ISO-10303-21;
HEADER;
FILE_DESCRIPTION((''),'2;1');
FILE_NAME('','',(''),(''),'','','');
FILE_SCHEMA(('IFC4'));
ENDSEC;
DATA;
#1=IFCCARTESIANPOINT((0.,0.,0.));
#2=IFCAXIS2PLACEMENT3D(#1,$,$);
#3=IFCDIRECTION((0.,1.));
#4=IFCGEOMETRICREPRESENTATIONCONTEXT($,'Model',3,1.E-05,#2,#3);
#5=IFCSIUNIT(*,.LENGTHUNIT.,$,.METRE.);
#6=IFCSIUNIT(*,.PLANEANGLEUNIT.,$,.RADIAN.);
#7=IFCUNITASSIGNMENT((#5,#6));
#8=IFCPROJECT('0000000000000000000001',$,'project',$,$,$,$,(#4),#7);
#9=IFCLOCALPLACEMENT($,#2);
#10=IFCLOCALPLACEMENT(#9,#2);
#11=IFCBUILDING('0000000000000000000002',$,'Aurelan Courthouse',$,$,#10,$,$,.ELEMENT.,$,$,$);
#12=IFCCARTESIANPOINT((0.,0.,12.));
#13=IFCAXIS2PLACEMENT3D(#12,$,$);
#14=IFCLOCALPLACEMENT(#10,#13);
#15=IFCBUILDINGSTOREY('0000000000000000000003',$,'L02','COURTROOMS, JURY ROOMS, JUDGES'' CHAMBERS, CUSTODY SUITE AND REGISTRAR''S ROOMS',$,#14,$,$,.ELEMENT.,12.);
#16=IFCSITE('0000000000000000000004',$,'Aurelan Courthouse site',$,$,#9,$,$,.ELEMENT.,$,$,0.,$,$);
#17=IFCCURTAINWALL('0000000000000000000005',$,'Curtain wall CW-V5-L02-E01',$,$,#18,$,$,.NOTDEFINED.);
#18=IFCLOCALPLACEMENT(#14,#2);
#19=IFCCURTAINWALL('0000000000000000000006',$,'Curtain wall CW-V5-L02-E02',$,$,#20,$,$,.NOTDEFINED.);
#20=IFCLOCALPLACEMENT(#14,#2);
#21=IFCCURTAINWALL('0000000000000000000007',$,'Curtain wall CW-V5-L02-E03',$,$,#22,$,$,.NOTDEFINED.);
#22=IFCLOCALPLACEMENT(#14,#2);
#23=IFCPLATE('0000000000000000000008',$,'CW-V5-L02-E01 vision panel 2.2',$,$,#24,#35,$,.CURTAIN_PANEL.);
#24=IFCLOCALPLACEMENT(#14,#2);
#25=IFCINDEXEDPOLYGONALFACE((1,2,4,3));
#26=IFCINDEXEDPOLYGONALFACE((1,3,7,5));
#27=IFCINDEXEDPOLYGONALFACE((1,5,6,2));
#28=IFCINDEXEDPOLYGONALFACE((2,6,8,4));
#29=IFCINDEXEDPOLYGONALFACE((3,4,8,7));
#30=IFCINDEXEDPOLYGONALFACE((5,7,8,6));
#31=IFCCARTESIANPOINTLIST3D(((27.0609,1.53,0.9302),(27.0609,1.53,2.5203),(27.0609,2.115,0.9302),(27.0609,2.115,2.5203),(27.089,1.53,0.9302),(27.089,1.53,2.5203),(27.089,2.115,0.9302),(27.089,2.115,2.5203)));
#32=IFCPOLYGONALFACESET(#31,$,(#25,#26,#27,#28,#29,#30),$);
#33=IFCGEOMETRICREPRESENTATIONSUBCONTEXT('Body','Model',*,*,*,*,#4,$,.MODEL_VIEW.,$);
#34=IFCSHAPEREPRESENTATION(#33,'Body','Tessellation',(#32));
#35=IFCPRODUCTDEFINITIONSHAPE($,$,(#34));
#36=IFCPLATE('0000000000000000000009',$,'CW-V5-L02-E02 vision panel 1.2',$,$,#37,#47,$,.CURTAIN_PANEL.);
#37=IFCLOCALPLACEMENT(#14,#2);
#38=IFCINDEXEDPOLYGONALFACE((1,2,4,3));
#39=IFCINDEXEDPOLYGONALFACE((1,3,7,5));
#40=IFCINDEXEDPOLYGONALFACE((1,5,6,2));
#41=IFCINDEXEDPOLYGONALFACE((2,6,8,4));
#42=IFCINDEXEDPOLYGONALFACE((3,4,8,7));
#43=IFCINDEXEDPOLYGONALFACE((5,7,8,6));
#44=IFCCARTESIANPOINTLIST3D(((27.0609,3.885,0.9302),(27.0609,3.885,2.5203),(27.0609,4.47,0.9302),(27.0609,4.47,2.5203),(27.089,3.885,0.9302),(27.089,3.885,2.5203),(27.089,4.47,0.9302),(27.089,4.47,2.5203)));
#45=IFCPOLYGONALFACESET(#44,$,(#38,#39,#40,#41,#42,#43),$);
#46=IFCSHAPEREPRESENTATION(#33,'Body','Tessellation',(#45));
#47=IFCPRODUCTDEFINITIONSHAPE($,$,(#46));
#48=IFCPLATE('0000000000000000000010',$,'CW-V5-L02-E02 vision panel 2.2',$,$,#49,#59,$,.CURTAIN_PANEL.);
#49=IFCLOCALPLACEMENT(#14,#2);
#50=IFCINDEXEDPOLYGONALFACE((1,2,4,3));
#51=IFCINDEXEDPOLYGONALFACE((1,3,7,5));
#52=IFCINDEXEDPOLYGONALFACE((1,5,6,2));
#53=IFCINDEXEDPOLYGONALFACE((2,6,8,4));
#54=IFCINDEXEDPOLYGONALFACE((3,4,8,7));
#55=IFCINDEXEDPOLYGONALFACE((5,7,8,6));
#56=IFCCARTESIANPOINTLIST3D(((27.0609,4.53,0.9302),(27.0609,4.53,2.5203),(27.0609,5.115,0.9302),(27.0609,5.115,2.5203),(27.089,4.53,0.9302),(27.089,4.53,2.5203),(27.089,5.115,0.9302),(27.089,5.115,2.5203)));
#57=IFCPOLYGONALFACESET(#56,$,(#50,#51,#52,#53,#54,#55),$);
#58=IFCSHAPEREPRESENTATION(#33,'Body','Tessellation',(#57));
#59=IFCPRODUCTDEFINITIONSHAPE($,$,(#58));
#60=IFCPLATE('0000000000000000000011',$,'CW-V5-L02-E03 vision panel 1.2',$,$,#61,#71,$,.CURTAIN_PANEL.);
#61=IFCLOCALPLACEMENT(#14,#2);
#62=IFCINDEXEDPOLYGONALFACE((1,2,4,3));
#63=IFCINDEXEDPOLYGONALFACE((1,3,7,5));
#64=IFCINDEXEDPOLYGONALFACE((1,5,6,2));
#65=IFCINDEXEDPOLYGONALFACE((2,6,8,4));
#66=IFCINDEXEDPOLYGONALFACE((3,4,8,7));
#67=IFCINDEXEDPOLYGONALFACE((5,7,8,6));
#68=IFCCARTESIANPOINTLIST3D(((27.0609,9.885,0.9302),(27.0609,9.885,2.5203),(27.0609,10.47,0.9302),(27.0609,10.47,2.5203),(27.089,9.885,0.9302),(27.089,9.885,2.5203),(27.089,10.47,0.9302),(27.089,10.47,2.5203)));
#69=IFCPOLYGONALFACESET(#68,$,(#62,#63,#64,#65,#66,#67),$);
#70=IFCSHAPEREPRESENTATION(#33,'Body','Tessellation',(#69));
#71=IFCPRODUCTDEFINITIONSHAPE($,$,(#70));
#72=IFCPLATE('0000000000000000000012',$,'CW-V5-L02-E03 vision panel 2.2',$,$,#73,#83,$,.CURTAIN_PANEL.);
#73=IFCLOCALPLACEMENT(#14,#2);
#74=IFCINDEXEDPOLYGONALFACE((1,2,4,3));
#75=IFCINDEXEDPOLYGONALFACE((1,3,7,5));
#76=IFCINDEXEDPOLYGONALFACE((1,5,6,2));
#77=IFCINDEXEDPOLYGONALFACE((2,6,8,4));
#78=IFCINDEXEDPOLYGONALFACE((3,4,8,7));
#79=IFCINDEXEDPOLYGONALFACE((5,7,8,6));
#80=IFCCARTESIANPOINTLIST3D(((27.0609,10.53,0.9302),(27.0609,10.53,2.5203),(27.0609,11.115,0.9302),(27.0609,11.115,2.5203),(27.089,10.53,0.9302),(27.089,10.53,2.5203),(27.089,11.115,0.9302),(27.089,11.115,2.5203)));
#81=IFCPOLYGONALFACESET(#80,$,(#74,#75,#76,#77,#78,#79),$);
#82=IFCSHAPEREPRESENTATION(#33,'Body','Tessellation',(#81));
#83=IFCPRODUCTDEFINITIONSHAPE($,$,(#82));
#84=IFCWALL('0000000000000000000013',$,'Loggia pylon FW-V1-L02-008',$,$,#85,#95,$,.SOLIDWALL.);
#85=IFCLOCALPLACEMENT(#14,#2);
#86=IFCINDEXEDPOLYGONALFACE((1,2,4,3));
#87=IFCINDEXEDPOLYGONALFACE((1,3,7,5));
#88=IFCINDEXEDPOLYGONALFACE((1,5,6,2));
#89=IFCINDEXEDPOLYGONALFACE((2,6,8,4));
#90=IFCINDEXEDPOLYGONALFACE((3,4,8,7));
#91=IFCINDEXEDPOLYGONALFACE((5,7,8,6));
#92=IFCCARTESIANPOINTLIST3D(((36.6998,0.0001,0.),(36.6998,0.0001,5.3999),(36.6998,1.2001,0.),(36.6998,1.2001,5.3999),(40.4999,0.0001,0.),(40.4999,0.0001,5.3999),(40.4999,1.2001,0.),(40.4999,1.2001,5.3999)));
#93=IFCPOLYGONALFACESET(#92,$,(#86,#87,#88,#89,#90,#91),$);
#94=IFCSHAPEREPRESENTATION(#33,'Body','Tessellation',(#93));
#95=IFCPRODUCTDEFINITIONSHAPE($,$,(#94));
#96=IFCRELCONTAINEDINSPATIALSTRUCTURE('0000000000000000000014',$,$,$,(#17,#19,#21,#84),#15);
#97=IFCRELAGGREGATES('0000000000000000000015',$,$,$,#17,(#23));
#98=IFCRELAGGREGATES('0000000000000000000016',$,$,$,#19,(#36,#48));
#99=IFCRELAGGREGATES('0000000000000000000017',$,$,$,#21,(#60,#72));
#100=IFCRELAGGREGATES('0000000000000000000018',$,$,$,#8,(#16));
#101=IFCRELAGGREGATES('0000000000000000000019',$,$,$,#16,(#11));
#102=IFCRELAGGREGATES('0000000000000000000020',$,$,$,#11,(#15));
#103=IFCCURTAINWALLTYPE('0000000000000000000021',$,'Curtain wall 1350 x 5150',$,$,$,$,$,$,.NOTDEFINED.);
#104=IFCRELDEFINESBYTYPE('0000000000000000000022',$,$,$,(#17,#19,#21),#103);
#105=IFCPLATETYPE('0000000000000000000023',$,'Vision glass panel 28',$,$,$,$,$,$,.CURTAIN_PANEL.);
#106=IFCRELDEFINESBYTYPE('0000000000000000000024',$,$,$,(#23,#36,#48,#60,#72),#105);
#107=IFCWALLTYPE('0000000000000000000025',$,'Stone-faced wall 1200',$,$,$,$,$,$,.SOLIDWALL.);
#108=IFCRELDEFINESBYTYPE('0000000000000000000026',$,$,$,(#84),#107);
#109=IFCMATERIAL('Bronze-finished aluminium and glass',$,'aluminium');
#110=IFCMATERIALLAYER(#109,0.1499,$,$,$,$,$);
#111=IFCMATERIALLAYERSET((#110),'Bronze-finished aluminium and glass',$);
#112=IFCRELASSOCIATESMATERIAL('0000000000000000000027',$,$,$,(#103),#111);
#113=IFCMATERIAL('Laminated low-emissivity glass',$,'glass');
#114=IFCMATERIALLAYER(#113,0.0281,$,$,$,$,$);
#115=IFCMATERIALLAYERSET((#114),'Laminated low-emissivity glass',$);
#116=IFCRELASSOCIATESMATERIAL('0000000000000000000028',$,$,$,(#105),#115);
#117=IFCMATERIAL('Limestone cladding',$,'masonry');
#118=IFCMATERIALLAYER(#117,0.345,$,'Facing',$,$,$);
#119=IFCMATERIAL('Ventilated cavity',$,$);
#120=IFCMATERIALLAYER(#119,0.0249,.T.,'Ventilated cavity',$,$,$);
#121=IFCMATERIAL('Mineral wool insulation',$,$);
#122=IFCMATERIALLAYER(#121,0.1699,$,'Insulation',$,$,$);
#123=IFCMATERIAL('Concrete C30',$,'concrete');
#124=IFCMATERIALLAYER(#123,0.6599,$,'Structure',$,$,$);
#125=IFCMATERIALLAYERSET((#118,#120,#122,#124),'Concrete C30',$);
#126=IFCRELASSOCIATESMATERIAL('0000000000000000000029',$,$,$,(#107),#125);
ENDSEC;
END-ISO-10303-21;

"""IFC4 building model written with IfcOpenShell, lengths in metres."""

from ifc_helpers import new_model, si_unit, direction, frame, frame_2d, origin, origin_2d, place, context, subcontext, project, spatial, rectangle, extrude, material, layer, layer_set, type_object, element, aggregate, save


model = new_model("IFC4")

# Units and contexts
model_context = context("Model", 3, precision=1e-05, world=origin(), true_north=direction((0.0, 1.0)))
body_context = subcontext(model_context, "Body", "Model", "MODEL_VIEW")
ifc_project = project(units=[si_unit("LENGTHUNIT", "METRE"), si_unit("PLANEANGLEUNIT", "RADIAN")], contexts=[model_context])

# Site, building, storey
site_placement = place(None, origin())
site = spatial("IfcSite", under=ifc_project, at=site_placement, Name="Aurelan Courthouse site", CompositionType="ELEMENT", RefElevation=0.0)
building_placement = place(site_placement, origin())
building = spatial("IfcBuilding", under=site, at=building_placement, Name="Aurelan Courthouse", CompositionType="ELEMENT")
storey_placement = place(building_placement, frame((0.0, 0.0, 12.0)))
storey = spatial("IfcBuildingStorey", under=building, at=storey_placement, Name="L02", Description="COURTROOMS, JURY ROOMS, JUDGES' CHAMBERS, CUSTODY SUITE AND REGISTRAR'S ROOMS", CompositionType="ELEMENT", Elevation=12.0)

# Curtain walls
ifc_material_1 = material(Name="Bronze-finished aluminium and glass", Category="aluminium")
ifc_layer_1 = layer(ifc_material_1, 0.1499)
ifc_layer_set_1 = layer_set([ifc_layer_1], Name="Bronze-finished aluminium and glass")
curtain_wall_type_1 = type_object("IfcCurtainWallType", Name="Curtain wall 1350 x 5150", PredefinedType="NOTDEFINED", material=ifc_layer_set_1)
curtain_wall_1_placement = place(storey_placement, origin())
curtain_wall_1 = element("IfcCurtainWall", 1, at=curtain_wall_1_placement, inside=storey, type_object=curtain_wall_type_1, Name="Curtain wall CW-V5-L02-E01", PredefinedType="NOTDEFINED")
curtain_wall_2_placement = place(storey_placement, origin())
curtain_wall_2 = element("IfcCurtainWall", 2, at=curtain_wall_2_placement, inside=storey, type_object=curtain_wall_type_1, Name="Curtain wall CW-V5-L02-E02", PredefinedType="NOTDEFINED")
curtain_wall_3_placement = place(storey_placement, origin())
curtain_wall_3 = element("IfcCurtainWall", 3, at=curtain_wall_3_placement, inside=storey, type_object=curtain_wall_type_1, Name="Curtain wall CW-V5-L02-E03", PredefinedType="NOTDEFINED")

# Plates
ifc_material_2 = material(Name="Laminated low-emissivity glass", Category="glass")
ifc_layer_2 = layer(ifc_material_2, 0.0281)
ifc_layer_set_2 = layer_set([ifc_layer_2], Name="Laminated low-emissivity glass")
plate_type_1 = type_object("IfcPlateType", Name="Vision glass panel 28", PredefinedType="CURTAIN_PANEL", material=ifc_layer_set_2)
plate_1_placement = place(storey_placement, frame((27.075, 1.8225, 0.9302), z_axis=(0.0, 0.0, 1.0), x_axis=(0.0, 1.0, 0.0)))
plate_1 = element("IfcPlate", 4, at=plate_1_placement, type_object=plate_type_1, Name="CW-V5-L02-E01 vision panel 2.2", PredefinedType="CURTAIN_PANEL", context=body_context, shape_type="SweptSolid", body=[
    extrude(rectangle(XDim=0.585, YDim=0.0281, at=origin_2d()), origin(), (0.0, 0.0, 1.0), 1.5901),
])
aggregate(curtain_wall_1, [plate_1])
plate_2_placement = place(storey_placement, frame((27.075, 4.1775, 0.9302), z_axis=(0.0, 0.0, 1.0), x_axis=(0.0, 1.0, 0.0)))
plate_2 = element("IfcPlate", 5, at=plate_2_placement, type_object=plate_type_1, Name="CW-V5-L02-E02 vision panel 1.2", PredefinedType="CURTAIN_PANEL", context=body_context, shape_type="SweptSolid", body=[
    extrude(rectangle(XDim=0.585, YDim=0.0281, at=origin_2d()), origin(), (0.0, 0.0, 1.0), 1.5901),
])
plate_3_placement = place(storey_placement, frame((27.075, 4.8225, 0.9302), z_axis=(0.0, 0.0, 1.0), x_axis=(0.0, 1.0, 0.0)))
plate_3 = element("IfcPlate", 6, at=plate_3_placement, type_object=plate_type_1, Name="CW-V5-L02-E02 vision panel 2.2", PredefinedType="CURTAIN_PANEL", context=body_context, shape_type="SweptSolid", body=[
    extrude(rectangle(XDim=0.585, YDim=0.0281, at=origin_2d()), origin(), (0.0, 0.0, 1.0), 1.5901),
])
aggregate(curtain_wall_2, [plate_2, plate_3])
plate_4_placement = place(storey_placement, frame((27.075, 10.1775, 0.9302), z_axis=(0.0, 0.0, 1.0), x_axis=(0.0, 1.0, 0.0)))
plate_4 = element("IfcPlate", 7, at=plate_4_placement, type_object=plate_type_1, Name="CW-V5-L02-E03 vision panel 1.2", PredefinedType="CURTAIN_PANEL", context=body_context, shape_type="SweptSolid", body=[
    extrude(rectangle(XDim=0.585, YDim=0.0281, at=origin_2d()), origin(), (0.0, 0.0, 1.0), 1.5901),
])
plate_5_placement = place(storey_placement, frame((27.075, 10.8225, 0.9302), z_axis=(0.0, 0.0, 1.0), x_axis=(0.0, 1.0, 0.0)))
plate_5 = element("IfcPlate", 8, at=plate_5_placement, type_object=plate_type_1, Name="CW-V5-L02-E03 vision panel 2.2", PredefinedType="CURTAIN_PANEL", context=body_context, shape_type="SweptSolid", body=[
    extrude(rectangle(XDim=0.585, YDim=0.0281, at=origin_2d()), origin(), (0.0, 0.0, 1.0), 1.5901),
])
aggregate(curtain_wall_3, [plate_4, plate_5])

# Wall
ifc_material_3 = material(Name="Limestone cladding", Category="masonry")
ifc_layer_3 = layer(ifc_material_3, 0.345, Name="Facing")
ifc_material_4 = material(Name="Ventilated cavity")
ifc_layer_4 = layer(ifc_material_4, 0.0249, ventilated=True, Name="Ventilated cavity")
ifc_material_5 = material(Name="Mineral wool insulation")
ifc_layer_5 = layer(ifc_material_5, 0.1699, Name="Insulation")
ifc_material_6 = material(Name="Concrete C30", Category="concrete")
ifc_layer_6 = layer(ifc_material_6, 0.6599, Name="Structure")
ifc_layer_set_3 = layer_set([ifc_layer_3, ifc_layer_4, ifc_layer_5, ifc_layer_6], Name="Concrete C30")
wall_type = type_object("IfcWallType", Name="Stone-faced wall 1200", PredefinedType="SOLIDWALL", material=ifc_layer_set_3)
wall_placement = place(storey_placement, frame((36.7, 0.6001, 0.0), z_axis=(0.0, 0.0, 1.0), x_axis=(1.0, 0.0, 0.0)))
element("IfcWall", 9, at=wall_placement, inside=storey, type_object=wall_type, Name="Loggia pylon FW-V1-L02-008", PredefinedType="SOLIDWALL", context=body_context, shape_type="SweptSolid", body=[
    extrude(rectangle(XDim=3.8, YDim=1.2, at=frame_2d((1.8999, 0.0))), origin(), (0.0, 0.0, 1.0), 5.3999),
])

save(model, "model.ifc")
